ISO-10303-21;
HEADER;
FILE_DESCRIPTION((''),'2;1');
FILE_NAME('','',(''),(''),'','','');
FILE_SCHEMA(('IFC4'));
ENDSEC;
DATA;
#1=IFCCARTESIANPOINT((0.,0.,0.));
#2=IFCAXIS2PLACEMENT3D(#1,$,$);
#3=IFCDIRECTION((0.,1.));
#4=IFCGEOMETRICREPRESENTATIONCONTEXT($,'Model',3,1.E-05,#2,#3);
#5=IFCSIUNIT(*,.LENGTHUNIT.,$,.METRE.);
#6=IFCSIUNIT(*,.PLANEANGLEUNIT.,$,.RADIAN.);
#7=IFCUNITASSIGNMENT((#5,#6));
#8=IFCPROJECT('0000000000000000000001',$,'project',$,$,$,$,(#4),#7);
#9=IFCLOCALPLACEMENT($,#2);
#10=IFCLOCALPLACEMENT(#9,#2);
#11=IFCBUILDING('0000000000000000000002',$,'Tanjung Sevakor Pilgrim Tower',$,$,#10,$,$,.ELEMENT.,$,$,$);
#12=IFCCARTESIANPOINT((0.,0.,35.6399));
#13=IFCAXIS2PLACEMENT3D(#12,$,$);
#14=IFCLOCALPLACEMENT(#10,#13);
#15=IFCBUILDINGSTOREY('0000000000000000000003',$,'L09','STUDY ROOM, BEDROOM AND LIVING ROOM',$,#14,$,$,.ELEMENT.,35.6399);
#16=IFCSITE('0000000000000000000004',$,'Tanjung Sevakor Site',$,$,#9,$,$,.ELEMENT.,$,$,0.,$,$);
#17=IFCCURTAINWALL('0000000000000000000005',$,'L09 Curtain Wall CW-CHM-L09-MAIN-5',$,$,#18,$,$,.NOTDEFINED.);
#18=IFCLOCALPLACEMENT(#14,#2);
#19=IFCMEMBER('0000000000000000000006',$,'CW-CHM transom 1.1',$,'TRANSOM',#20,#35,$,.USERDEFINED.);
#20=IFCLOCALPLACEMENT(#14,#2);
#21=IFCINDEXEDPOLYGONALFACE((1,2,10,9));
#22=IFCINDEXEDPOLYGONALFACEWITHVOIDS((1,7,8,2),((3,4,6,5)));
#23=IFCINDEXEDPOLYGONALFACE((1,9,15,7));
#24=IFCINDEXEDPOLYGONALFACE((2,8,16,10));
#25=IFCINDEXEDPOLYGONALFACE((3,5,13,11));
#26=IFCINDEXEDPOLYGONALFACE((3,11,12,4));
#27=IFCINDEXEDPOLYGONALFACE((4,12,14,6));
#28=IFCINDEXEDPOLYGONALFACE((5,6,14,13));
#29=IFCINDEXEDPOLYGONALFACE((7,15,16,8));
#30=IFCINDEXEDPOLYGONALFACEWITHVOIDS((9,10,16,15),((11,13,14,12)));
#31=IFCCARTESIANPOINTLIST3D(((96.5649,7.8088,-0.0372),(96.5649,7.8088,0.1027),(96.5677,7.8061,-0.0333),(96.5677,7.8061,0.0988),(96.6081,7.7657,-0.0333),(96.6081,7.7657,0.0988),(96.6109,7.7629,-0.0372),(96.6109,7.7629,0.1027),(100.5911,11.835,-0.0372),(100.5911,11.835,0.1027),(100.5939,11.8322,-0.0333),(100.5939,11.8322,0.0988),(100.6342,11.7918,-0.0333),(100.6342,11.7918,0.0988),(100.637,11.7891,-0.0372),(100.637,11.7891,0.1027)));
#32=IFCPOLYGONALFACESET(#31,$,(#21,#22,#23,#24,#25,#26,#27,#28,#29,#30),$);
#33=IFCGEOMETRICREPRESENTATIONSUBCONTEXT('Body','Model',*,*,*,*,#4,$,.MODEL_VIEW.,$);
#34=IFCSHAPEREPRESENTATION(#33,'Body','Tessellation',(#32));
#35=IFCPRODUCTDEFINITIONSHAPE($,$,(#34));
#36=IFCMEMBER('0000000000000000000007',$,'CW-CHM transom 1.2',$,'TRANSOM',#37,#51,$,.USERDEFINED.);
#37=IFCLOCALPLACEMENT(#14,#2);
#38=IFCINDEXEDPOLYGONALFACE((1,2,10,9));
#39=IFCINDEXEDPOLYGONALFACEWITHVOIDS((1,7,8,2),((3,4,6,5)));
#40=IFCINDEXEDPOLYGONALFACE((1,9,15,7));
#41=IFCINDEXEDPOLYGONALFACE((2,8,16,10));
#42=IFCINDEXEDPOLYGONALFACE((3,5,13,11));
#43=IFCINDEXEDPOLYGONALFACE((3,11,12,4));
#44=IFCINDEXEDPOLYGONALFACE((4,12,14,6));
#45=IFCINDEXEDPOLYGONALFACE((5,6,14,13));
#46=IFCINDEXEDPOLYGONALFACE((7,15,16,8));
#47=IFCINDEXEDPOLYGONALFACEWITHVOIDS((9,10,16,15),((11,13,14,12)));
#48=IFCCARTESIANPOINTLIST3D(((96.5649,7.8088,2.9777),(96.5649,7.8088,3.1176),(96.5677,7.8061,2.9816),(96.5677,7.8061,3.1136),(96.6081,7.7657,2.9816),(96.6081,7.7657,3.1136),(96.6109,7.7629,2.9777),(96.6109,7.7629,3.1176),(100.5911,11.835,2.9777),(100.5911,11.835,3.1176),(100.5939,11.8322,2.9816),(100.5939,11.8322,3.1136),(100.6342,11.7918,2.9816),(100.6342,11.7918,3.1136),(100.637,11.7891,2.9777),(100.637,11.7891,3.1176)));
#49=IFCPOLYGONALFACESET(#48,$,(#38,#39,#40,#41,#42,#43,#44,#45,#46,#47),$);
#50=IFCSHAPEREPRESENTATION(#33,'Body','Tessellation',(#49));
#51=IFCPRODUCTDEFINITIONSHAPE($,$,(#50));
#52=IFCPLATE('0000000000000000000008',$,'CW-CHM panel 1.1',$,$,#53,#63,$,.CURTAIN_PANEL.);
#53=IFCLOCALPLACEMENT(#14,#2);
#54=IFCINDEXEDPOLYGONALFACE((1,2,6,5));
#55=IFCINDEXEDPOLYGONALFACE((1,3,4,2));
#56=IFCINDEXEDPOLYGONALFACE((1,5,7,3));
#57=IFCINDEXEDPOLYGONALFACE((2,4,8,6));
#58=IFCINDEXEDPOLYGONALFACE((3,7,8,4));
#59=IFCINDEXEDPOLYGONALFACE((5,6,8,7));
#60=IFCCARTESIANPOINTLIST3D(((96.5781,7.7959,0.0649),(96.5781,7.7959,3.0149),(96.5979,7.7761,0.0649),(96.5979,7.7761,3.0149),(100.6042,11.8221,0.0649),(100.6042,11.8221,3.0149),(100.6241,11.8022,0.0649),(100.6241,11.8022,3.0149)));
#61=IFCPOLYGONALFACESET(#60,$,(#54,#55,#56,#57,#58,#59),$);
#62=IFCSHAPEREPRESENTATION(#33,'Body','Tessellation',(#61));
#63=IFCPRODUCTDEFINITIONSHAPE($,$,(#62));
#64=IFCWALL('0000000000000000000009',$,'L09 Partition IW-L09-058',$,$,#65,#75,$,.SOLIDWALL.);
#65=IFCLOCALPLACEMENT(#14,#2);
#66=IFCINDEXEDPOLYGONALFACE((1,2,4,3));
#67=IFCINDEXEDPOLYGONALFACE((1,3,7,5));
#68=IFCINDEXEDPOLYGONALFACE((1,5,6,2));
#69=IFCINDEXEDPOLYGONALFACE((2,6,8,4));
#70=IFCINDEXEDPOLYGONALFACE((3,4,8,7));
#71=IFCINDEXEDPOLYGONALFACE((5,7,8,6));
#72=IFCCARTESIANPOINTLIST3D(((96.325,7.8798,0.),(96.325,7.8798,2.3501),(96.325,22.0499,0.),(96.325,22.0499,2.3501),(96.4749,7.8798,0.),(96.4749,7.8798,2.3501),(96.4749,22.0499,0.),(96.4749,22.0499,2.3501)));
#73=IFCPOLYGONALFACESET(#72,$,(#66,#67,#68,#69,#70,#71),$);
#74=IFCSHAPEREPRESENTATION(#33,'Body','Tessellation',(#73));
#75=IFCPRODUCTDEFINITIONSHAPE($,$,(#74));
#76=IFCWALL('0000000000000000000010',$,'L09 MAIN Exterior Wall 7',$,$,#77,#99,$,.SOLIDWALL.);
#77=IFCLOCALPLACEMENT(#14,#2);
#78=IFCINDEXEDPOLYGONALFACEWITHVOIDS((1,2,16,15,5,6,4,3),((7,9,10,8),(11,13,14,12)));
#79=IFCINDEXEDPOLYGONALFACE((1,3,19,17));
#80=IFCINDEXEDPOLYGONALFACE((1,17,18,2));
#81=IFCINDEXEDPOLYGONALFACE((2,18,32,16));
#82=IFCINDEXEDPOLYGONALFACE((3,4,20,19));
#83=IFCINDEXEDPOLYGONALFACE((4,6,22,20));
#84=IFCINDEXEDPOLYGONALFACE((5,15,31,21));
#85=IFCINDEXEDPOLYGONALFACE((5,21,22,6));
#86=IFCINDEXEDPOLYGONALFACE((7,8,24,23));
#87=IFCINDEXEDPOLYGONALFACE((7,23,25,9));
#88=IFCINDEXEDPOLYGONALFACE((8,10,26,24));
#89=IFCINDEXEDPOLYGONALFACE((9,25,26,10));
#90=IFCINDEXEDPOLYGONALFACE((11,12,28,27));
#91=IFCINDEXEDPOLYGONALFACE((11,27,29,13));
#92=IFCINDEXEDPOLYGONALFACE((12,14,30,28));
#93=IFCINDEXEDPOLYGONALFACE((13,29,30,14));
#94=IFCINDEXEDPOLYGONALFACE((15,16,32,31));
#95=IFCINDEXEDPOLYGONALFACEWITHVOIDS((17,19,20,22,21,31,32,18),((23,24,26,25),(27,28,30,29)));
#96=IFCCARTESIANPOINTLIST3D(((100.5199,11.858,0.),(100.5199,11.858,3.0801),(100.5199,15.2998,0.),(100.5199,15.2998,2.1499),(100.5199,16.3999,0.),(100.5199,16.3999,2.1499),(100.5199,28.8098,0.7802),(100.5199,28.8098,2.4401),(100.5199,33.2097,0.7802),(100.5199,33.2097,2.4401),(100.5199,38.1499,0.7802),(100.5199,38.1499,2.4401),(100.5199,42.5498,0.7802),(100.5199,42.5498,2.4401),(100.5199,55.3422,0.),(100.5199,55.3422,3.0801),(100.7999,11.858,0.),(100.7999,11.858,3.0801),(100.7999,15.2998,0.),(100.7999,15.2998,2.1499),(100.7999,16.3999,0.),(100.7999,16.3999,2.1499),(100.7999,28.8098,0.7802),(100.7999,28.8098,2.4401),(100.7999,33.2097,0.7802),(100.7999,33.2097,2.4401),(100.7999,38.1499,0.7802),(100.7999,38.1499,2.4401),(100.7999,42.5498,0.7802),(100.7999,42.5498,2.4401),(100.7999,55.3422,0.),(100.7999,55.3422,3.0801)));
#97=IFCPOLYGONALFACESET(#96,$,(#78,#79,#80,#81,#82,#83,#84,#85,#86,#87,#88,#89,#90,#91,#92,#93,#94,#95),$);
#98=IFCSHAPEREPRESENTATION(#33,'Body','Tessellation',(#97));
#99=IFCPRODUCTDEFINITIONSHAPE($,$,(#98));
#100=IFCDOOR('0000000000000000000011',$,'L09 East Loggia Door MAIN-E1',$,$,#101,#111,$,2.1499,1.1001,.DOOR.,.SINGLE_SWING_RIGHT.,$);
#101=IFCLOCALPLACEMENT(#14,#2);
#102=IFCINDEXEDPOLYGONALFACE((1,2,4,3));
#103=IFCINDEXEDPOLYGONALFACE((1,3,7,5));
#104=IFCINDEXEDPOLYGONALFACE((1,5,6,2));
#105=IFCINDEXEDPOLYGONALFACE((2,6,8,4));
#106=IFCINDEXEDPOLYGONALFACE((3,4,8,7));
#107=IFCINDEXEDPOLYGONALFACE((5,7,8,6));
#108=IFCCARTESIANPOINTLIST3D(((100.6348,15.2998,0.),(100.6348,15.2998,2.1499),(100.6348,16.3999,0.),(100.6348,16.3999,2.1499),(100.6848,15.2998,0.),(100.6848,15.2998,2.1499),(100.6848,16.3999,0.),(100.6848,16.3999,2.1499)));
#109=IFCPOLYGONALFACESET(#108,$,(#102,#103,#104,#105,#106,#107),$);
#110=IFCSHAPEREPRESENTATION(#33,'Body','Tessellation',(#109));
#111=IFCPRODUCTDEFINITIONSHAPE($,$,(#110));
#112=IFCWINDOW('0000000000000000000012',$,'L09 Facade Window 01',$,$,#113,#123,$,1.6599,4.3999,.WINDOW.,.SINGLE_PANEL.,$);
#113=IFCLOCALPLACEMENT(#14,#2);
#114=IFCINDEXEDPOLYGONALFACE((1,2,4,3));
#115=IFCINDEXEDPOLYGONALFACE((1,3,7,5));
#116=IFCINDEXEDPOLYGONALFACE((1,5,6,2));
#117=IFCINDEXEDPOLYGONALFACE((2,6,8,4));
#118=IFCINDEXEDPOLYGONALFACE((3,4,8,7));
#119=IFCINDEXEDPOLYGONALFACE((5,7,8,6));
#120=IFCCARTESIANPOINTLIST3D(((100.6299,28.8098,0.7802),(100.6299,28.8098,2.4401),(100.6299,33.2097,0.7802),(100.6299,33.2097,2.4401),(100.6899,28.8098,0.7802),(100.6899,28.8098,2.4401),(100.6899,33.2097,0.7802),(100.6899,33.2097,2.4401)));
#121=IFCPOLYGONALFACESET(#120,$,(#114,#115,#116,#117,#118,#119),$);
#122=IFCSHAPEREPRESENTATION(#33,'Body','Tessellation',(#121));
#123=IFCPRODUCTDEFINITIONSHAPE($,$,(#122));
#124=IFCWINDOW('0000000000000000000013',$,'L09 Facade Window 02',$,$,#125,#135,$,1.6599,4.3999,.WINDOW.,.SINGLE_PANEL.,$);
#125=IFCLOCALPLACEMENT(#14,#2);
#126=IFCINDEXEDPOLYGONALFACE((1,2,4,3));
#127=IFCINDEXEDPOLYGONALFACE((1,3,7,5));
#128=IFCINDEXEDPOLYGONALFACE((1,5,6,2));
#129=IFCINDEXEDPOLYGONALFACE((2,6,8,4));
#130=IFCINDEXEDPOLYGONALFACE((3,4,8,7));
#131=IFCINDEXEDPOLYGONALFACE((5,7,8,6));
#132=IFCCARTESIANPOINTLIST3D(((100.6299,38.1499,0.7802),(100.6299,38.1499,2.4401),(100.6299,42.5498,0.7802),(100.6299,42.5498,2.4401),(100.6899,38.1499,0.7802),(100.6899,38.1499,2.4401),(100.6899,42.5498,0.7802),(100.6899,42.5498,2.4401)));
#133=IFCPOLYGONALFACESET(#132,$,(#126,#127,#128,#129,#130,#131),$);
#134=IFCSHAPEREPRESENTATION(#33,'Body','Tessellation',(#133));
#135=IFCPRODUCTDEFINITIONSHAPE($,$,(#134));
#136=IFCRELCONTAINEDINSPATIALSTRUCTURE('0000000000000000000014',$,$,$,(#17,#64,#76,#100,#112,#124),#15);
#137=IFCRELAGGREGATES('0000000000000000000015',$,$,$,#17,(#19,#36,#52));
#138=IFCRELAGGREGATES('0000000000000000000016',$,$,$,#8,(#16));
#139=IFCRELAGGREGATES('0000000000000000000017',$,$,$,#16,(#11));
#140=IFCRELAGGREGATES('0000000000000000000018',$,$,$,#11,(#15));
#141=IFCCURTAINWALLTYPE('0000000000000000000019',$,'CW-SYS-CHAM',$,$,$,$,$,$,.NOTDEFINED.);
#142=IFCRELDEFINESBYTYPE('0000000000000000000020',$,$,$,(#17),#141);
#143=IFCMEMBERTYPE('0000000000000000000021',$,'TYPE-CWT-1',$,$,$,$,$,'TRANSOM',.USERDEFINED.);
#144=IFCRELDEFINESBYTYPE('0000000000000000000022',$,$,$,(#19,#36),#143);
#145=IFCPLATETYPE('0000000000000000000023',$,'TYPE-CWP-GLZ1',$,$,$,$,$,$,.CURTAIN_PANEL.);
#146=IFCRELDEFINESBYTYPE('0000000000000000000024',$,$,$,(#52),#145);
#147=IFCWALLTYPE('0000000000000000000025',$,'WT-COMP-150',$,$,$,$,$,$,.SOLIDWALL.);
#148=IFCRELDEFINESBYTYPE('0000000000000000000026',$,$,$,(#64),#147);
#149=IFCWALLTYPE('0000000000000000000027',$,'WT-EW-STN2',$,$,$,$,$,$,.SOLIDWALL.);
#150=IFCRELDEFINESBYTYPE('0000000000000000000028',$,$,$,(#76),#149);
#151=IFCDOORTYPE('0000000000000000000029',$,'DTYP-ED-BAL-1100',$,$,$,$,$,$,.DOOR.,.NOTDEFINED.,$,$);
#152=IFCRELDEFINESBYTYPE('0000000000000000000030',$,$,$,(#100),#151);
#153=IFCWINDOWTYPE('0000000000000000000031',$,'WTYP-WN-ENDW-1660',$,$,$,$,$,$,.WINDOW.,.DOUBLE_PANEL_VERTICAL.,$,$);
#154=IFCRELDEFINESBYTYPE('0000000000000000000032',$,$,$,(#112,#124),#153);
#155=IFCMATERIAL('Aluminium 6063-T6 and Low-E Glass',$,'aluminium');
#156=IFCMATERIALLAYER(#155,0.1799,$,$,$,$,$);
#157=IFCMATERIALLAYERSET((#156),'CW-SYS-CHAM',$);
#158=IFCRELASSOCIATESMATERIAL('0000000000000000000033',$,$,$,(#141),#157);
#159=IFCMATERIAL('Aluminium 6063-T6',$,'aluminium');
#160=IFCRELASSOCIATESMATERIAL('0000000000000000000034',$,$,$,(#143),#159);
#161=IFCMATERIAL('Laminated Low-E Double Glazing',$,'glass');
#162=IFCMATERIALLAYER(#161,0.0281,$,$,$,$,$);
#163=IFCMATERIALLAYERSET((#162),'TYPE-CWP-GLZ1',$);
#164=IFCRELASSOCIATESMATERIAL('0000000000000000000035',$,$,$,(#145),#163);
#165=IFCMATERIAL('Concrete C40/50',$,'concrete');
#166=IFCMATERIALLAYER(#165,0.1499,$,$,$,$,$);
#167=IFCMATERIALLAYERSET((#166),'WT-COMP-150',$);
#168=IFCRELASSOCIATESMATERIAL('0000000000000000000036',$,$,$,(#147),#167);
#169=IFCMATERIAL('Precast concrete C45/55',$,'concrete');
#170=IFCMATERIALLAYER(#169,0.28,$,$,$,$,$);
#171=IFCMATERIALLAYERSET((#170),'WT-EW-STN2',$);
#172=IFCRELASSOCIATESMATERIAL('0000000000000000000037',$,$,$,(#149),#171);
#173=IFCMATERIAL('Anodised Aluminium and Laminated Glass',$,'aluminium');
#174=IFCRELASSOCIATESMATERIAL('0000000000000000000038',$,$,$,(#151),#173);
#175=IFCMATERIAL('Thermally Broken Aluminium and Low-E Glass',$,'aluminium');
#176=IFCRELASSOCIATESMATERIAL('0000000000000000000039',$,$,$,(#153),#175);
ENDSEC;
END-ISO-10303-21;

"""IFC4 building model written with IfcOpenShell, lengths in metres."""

from ifc_helpers import new_model, si_unit, direction, frame, frame_2d, origin, origin_2d, place, context, subcontext, project, spatial, rectangle, hollow_rectangle, extrude, material, layer, layer_set, material_profile, profile_set, type_object, element, fill, aggregate, save


model = new_model("IFC4")

# Units and contexts
model_context = context("Model", 3, precision=1e-05, world=origin(), true_north=direction((0.0, 1.0)))
body_context = subcontext(model_context, "Body", "Model", "MODEL_VIEW")
ifc_project = project(units=[si_unit("LENGTHUNIT", "METRE"), si_unit("PLANEANGLEUNIT", "RADIAN")], contexts=[model_context])

# Site, building, storey
site_placement = place(None, origin())
site = spatial("IfcSite", under=ifc_project, at=site_placement, Name="Tanjung Sevakor Site", CompositionType="ELEMENT", RefElevation=0.0)
building_placement = place(site_placement, origin())
building = spatial("IfcBuilding", under=site, at=building_placement, Name="Tanjung Sevakor Pilgrim Tower", CompositionType="ELEMENT")
storey_placement = place(building_placement, frame((0.0, 0.0, 35.6399)))
storey = spatial("IfcBuildingStorey", under=building, at=storey_placement, Name="L09", Description="STUDY ROOM, BEDROOM AND LIVING ROOM", CompositionType="ELEMENT", Elevation=35.6399)

# Curtain wall, members, plate
ifc_material_1 = material(Name="Aluminium 6063-T6 and Low-E Glass", Category="aluminium")
ifc_layer_1 = layer(ifc_material_1, 0.1799)
ifc_layer_set_1 = layer_set([ifc_layer_1], Name="CW-SYS-CHAM")
curtain_wall_type = type_object("IfcCurtainWallType", Name="CW-SYS-CHAM", PredefinedType="NOTDEFINED", material=ifc_layer_set_1)
curtain_wall_placement = place(storey_placement, origin())
curtain_wall = element("IfcCurtainWall", 1, at=curtain_wall_placement, inside=storey, type_object=curtain_wall_type, Name="L09 Curtain Wall CW-CHM-L09-MAIN-5", PredefinedType="NOTDEFINED")
ifc_material_2 = material(Name="Aluminium 6063-T6", Category="aluminium")
ifc_material_profile_1 = material_profile(ifc_material_2, hollow_rectangle(XDim=0.0649, YDim=0.1399, WallThickness=0.0039, at=origin_2d()))
ifc_profile_set_1 = profile_set([ifc_material_profile_1], Name="Aluminium 6063-T6")
member_type_1 = type_object("IfcMemberType", Name="TYPE-CWT-1", ElementType="TRANSOM", PredefinedType="USERDEFINED", material=ifc_profile_set_1)
member_1_placement = place(storey_placement, frame((96.5879, 7.7859, 0.0327), z_axis=(0.707107, 0.707107, 0.0), x_axis=(-0.707107, 0.707107, 0.0)))
member_1 = element("IfcMember", 2, at=member_1_placement, type_object=member_type_1, Name="CW-CHM transom 1.1", ObjectType="TRANSOM", PredefinedType="USERDEFINED", context=body_context, shape_type="SweptSolid", body=[
    extrude(hollow_rectangle(XDim=0.0649, YDim=0.1399, WallThickness=0.0039, at=origin_2d()), origin(), (0.0, 0.0, 1.0), 5.6938),
])
member_2_placement = place(storey_placement, frame((96.5879, 7.7859, 3.0476), z_axis=(0.707107, 0.707107, 0.0), x_axis=(-0.707107, 0.707107, 0.0)))
member_2 = element("IfcMember", 3, at=member_2_placement, type_object=member_type_1, Name="CW-CHM transom 1.2", ObjectType="TRANSOM", PredefinedType="USERDEFINED", context=body_context, shape_type="SweptSolid", body=[
    extrude(hollow_rectangle(XDim=0.0649, YDim=0.1399, WallThickness=0.0039, at=origin_2d()), origin(), (0.0, 0.0, 1.0), 5.6938),
])
ifc_material_3 = material(Name="Laminated Low-E Double Glazing", Category="glass")
ifc_layer_2 = layer(ifc_material_3, 0.0281)
ifc_layer_set_2 = layer_set([ifc_layer_2], Name="TYPE-CWP-GLZ1")
plate_type = type_object("IfcPlateType", Name="TYPE-CWP-GLZ1", PredefinedType="CURTAIN_PANEL", material=ifc_layer_set_2)
plate_placement = place(storey_placement, frame((98.6011, 9.7991, 0.0649), z_axis=(0.0, 0.0, 1.0), x_axis=(0.707107, 0.707107, 0.0)))
plate = element("IfcPlate", 4, at=plate_placement, type_object=plate_type, Name="CW-CHM panel 1.1", PredefinedType="CURTAIN_PANEL", context=body_context, shape_type="SweptSolid", body=[
    extrude(rectangle(XDim=5.6938, YDim=0.0281, at=origin_2d()), origin(), (0.0, 0.0, 1.0), 2.95),
])
aggregate(curtain_wall, [member_1, member_2, plate])

# Wall
ifc_material_4 = material(Name="Concrete C40/50", Category="concrete")
ifc_layer_3 = layer(ifc_material_4, 0.1499)
ifc_layer_set_3 = layer_set([ifc_layer_3], Name="WT-COMP-150")
wall_type_1 = type_object("IfcWallType", Name="WT-COMP-150", PredefinedType="SOLIDWALL", material=ifc_layer_set_3)
wall_1_placement = place(storey_placement, frame((96.3999, 7.8799, 0.0), z_axis=(0.0, 0.0, 1.0), x_axis=(0.0, 1.0, 0.0)))
element("IfcWall", 5, at=wall_1_placement, inside=storey, type_object=wall_type_1, Name="L09 Partition IW-L09-058", PredefinedType="SOLIDWALL", context=body_context, shape_type="SweptSolid", body=[
    extrude(rectangle(XDim=14.1702, YDim=0.1499, at=frame_2d((7.085, 0.0))), origin(), (0.0, 0.0, 1.0), 2.3501),
])

# Wall, openings, door, windows
ifc_material_5 = material(Name="Precast concrete C45/55", Category="concrete")
ifc_layer_4 = layer(ifc_material_5, 0.28)
ifc_layer_set_4 = layer_set([ifc_layer_4], Name="WT-EW-STN2")
wall_type_2 = type_object("IfcWallType", Name="WT-EW-STN2", PredefinedType="SOLIDWALL", material=ifc_layer_set_4)
wall_2_placement = place(storey_placement, frame((100.6599, 11.8579, 0.0), z_axis=(0.0, 0.0, 1.0), x_axis=(0.0, 1.0, 0.0)))
wall_2 = element("IfcWall", 6, at=wall_2_placement, inside=storey, type_object=wall_type_2, Name="L09 MAIN Exterior Wall 7", PredefinedType="SOLIDWALL", context=body_context, shape_type="SweptSolid", body=[
    extrude(rectangle(XDim=43.4841, YDim=0.28, at=frame_2d((21.7422, 0.0))), origin(), (0.0, 0.0, 1.0), 3.0801),
])
opening_1_placement = place(wall_2_placement, frame((3.4419, 0.0, 0.0)))
opening_1 = element("IfcOpeningElement", 7, at=opening_1_placement, cuts=wall_2, PredefinedType="OPENING", context=body_context, shape_type="SweptSolid", body=[
    extrude(rectangle(XDim=1.1001, YDim=2.1499, at=frame_2d((0.55, 1.075))), frame((0.0, 0.1499, 0.0), z_axis=(0.0, -1.0, 0.0), x_axis=(1.0, 0.0, 0.0)), (0.0, 0.0, 1.0), 0.3),
])
opening_2_placement = place(wall_2_placement, frame((16.9519, 0.0, 0.78)))
opening_2 = element("IfcOpeningElement", 8, at=opening_2_placement, cuts=wall_2, PredefinedType="OPENING", context=body_context, shape_type="SweptSolid", body=[
    extrude(rectangle(XDim=4.3999, YDim=1.6599, at=frame_2d((2.2, 0.8301))), frame((0.0, 0.1499, 0.0), z_axis=(0.0, -1.0, 0.0), x_axis=(1.0, 0.0, 0.0)), (0.0, 0.0, 1.0), 0.3),
])
opening_3_placement = place(wall_2_placement, frame((26.292, 0.0, 0.78)))
opening_3 = element("IfcOpeningElement", 9, at=opening_3_placement, cuts=wall_2, PredefinedType="OPENING", context=body_context, shape_type="SweptSolid", body=[
    extrude(rectangle(XDim=4.3999, YDim=1.6599, at=frame_2d((2.2, 0.8301))), frame((0.0, 0.1499, 0.0), z_axis=(0.0, -1.0, 0.0), x_axis=(1.0, 0.0, 0.0)), (0.0, 0.0, 1.0), 0.3),
])
ifc_material_6 = material(Name="Anodised Aluminium and Laminated Glass", Category="aluminium")
door_type_1 = type_object("IfcDoorType", Name="DTYP-ED-BAL-1100", OperationType="NOTDEFINED", PredefinedType="DOOR", material=ifc_material_6)
door_1_placement = place(opening_1_placement, frame((1.1001, 0.0, 0.0), z_axis=(0.0, 0.0, 1.0), x_axis=(-1.0, 0.0, 0.0)))
door_1 = element("IfcDoor", 10, at=door_1_placement, inside=storey, type_object=door_type_1, Name="L09 East Loggia Door MAIN-E1", OperationType="SINGLE_SWING_RIGHT", OverallHeight=2.1499, OverallWidth=1.1001, PredefinedType="DOOR", context=body_context, shape_type="SweptSolid", body=[
    extrude(rectangle(XDim=1.1001, YDim=2.1499, at=frame_2d((0.55, 1.075))), frame((0.0, 0.0249, 0.0), z_axis=(0.0, -1.0, 0.0), x_axis=(1.0, 0.0, 0.0)), (0.0, 0.0, 1.0), 0.05),
])
fill(opening_1, door_1)
ifc_material_7 = material(Name="Thermally Broken Aluminium and Low-E Glass", Category="aluminium")
window_type = type_object("IfcWindowType", Name="WTYP-WN-ENDW-1660", PartitioningType="DOUBLE_PANEL_VERTICAL", PredefinedType="WINDOW", material=ifc_material_7)
window_1_placement = place(opening_2_placement, origin())
window_1 = element("IfcWindow", 11, at=window_1_placement, inside=storey, type_object=window_type, Name="L09 Facade Window 01", OverallHeight=1.6599, OverallWidth=4.3999, PartitioningType="SINGLE_PANEL", PredefinedType="WINDOW", context=body_context, shape_type="SweptSolid", body=[
    extrude(rectangle(XDim=4.3999, YDim=1.6599, at=frame_2d((2.2, 0.8301))), frame((0.0, 0.03, 0.0), z_axis=(0.0, -1.0, 0.0), x_axis=(1.0, 0.0, 0.0)), (0.0, 0.0, 1.0), 0.0601),
])
fill(opening_2, window_1)
window_2_placement = place(opening_3_placement, origin())
window_2 = element("IfcWindow", 12, at=window_2_placement, inside=storey, type_object=window_type, Name="L09 Facade Window 02", OverallHeight=1.6599, OverallWidth=4.3999, PartitioningType="SINGLE_PANEL", PredefinedType="WINDOW", context=body_context, shape_type="SweptSolid", body=[
    extrude(rectangle(XDim=4.3999, YDim=1.6599, at=frame_2d((2.2, 0.8301))), frame((0.0, 0.03, 0.0), z_axis=(0.0, -1.0, 0.0), x_axis=(1.0, 0.0, 0.0)), (0.0, 0.0, 1.0), 0.0601),
])
fill(opening_3, window_2)

save(model, "model.ifc")
